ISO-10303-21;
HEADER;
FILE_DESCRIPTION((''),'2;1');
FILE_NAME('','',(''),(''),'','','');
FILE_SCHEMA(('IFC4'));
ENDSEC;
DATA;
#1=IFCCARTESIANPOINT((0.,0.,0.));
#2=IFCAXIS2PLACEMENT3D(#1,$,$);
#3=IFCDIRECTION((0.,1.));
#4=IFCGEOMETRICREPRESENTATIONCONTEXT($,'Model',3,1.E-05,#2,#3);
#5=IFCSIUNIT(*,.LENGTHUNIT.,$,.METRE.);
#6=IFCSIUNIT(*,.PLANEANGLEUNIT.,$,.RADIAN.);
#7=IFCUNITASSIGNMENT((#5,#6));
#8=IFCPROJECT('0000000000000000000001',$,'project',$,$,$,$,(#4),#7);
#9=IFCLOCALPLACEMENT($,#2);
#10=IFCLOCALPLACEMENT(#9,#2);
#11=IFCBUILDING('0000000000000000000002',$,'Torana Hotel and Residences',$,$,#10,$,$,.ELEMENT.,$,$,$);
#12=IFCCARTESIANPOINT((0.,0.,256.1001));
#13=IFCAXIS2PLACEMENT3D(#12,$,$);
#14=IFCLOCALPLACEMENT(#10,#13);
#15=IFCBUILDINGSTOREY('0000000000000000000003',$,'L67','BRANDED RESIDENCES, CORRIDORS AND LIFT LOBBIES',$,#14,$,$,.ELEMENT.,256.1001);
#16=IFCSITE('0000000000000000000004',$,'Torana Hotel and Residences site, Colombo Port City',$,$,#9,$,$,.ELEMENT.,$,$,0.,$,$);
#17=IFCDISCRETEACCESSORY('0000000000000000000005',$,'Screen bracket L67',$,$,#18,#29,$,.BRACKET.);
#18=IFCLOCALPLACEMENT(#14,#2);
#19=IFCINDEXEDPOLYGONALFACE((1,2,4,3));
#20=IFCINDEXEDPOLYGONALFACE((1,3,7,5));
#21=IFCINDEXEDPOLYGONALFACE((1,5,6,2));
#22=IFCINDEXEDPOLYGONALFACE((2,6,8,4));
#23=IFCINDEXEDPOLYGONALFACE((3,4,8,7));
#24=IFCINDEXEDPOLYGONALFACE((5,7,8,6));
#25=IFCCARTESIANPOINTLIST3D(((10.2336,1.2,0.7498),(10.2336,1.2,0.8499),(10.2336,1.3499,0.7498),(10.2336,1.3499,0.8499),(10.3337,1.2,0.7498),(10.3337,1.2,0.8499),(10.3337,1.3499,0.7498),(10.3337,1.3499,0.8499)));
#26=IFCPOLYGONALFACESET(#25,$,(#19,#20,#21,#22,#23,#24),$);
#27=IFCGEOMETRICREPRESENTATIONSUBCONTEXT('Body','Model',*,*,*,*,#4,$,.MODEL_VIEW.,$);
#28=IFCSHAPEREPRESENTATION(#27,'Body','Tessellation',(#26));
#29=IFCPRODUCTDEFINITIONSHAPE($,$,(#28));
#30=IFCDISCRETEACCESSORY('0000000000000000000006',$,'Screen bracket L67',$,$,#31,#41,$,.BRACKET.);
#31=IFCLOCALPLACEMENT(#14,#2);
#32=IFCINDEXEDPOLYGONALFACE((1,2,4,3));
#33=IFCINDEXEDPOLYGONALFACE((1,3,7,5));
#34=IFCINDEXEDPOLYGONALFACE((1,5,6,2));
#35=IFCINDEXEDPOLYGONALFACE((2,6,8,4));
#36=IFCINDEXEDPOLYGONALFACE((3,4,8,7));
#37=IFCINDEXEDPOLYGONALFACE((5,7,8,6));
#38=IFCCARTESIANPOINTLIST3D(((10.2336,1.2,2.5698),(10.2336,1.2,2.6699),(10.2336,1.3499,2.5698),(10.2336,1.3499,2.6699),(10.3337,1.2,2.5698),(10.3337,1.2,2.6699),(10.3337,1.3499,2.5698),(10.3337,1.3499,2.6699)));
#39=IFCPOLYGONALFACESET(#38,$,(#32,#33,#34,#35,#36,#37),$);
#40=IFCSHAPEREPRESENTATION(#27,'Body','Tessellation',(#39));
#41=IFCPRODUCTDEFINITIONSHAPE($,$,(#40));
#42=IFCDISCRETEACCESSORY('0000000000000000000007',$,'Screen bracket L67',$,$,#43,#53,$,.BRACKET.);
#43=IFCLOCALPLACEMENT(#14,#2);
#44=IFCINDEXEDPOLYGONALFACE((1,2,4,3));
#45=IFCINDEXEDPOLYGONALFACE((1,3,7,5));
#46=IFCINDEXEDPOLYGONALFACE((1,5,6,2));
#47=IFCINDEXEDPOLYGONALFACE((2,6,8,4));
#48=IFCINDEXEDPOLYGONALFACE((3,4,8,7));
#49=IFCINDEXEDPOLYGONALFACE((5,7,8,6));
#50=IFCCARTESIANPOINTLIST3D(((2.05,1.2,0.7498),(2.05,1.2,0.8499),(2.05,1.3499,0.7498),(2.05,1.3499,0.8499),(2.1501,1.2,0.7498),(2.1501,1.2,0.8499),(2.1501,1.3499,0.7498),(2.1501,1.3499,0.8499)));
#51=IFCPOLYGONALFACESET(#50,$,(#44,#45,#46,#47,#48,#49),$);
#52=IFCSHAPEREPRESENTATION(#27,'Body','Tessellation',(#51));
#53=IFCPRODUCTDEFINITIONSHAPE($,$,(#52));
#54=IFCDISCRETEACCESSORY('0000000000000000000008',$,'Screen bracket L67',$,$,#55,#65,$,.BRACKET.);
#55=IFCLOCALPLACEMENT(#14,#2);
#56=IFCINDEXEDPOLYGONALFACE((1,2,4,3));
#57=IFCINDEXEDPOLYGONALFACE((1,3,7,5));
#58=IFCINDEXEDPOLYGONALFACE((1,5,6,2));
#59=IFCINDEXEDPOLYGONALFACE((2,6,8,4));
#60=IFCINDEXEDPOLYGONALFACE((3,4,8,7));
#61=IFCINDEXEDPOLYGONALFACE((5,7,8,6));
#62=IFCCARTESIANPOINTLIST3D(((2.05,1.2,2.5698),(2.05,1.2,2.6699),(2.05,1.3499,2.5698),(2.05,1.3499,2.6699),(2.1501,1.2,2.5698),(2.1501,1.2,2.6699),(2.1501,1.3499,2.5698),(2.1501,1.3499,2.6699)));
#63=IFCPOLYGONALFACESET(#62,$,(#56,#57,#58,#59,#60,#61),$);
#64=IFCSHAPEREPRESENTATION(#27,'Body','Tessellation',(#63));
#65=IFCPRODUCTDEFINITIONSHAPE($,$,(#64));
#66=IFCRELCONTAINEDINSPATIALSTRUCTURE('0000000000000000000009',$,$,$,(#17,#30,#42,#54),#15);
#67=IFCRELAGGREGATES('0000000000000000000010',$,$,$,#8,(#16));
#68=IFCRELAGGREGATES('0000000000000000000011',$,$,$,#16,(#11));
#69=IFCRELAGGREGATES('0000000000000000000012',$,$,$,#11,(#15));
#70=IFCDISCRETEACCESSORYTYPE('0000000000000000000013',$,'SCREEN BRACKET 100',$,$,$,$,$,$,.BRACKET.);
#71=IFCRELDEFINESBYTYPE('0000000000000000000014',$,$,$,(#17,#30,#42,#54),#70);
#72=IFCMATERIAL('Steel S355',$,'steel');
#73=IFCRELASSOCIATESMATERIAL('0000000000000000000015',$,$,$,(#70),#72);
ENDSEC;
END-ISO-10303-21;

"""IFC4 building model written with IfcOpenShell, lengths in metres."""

from ifc_helpers import new_model, si_unit, direction, frame, origin, origin_2d, place, context, subcontext, project, spatial, rectangle, extrude, material, type_object, element, save


model = new_model("IFC4")

# Units and contexts
model_context = context("Model", 3, precision=1e-05, world=origin(), true_north=direction((0.0, 1.0)))
body_context = subcontext(model_context, "Body", "Model", "MODEL_VIEW")
ifc_project = project(units=[si_unit("LENGTHUNIT", "METRE"), si_unit("PLANEANGLEUNIT", "RADIAN")], contexts=[model_context])

# Site, building, storey
site_placement = place(None, origin())
site = spatial("IfcSite", under=ifc_project, at=site_placement, Name="Torana Hotel and Residences site, Colombo Port City", CompositionType="ELEMENT", RefElevation=0.0)
building_placement = place(site_placement, origin())
building = spatial("IfcBuilding", under=site, at=building_placement, Name="Torana Hotel and Residences", CompositionType="ELEMENT")
storey_placement = place(building_placement, frame((0.0, 0.0, 256.1001)))
storey = spatial("IfcBuildingStorey", under=building, at=storey_placement, Name="L67", Description="BRANDED RESIDENCES, CORRIDORS AND LIFT LOBBIES", CompositionType="ELEMENT", Elevation=256.1001)

# Discrete accessories
ifc_material_1 = material(Name="Steel S355", Category="steel")
discrete_accessory_type = type_object("IfcDiscreteAccessoryType", Name="SCREEN BRACKET 100", PredefinedType="BRACKET", material=ifc_material_1)
for number, where, z_axis, x_axis, name in (
    (1, (10.2837, 1.2749, 0.7498), (0.0, 0.0, 1.0), (-1.0, 0.0, 0.0), "Screen bracket L67"),
    (2, (10.2837, 1.2749, 2.5698), (0.0, 0.0, 1.0), (-1.0, 0.0, 0.0), "Screen bracket L67"),
    (3, (2.1001, 1.2749, 0.7498), (0.0, 0.0, 1.0), (-1.0, 0.0, 0.0), "Screen bracket L67"),
    (4, (2.1001, 1.2749, 2.5698), (0.0, 0.0, 1.0), (-1.0, 0.0, 0.0), "Screen bracket L67"),
):
    element("IfcDiscreteAccessory", number, at=place(storey_placement, frame(where, z_axis=z_axis, x_axis=x_axis)), inside=storey, type_object=discrete_accessory_type, Name=name, PredefinedType="BRACKET", context=body_context, shape_type="SweptSolid", body=[
        extrude(rectangle(XDim=0.1001, YDim=0.1499, at=origin_2d()), origin(), (0.0, 0.0, 1.0), 0.1001),
    ])

save(model, "model.ifc")
